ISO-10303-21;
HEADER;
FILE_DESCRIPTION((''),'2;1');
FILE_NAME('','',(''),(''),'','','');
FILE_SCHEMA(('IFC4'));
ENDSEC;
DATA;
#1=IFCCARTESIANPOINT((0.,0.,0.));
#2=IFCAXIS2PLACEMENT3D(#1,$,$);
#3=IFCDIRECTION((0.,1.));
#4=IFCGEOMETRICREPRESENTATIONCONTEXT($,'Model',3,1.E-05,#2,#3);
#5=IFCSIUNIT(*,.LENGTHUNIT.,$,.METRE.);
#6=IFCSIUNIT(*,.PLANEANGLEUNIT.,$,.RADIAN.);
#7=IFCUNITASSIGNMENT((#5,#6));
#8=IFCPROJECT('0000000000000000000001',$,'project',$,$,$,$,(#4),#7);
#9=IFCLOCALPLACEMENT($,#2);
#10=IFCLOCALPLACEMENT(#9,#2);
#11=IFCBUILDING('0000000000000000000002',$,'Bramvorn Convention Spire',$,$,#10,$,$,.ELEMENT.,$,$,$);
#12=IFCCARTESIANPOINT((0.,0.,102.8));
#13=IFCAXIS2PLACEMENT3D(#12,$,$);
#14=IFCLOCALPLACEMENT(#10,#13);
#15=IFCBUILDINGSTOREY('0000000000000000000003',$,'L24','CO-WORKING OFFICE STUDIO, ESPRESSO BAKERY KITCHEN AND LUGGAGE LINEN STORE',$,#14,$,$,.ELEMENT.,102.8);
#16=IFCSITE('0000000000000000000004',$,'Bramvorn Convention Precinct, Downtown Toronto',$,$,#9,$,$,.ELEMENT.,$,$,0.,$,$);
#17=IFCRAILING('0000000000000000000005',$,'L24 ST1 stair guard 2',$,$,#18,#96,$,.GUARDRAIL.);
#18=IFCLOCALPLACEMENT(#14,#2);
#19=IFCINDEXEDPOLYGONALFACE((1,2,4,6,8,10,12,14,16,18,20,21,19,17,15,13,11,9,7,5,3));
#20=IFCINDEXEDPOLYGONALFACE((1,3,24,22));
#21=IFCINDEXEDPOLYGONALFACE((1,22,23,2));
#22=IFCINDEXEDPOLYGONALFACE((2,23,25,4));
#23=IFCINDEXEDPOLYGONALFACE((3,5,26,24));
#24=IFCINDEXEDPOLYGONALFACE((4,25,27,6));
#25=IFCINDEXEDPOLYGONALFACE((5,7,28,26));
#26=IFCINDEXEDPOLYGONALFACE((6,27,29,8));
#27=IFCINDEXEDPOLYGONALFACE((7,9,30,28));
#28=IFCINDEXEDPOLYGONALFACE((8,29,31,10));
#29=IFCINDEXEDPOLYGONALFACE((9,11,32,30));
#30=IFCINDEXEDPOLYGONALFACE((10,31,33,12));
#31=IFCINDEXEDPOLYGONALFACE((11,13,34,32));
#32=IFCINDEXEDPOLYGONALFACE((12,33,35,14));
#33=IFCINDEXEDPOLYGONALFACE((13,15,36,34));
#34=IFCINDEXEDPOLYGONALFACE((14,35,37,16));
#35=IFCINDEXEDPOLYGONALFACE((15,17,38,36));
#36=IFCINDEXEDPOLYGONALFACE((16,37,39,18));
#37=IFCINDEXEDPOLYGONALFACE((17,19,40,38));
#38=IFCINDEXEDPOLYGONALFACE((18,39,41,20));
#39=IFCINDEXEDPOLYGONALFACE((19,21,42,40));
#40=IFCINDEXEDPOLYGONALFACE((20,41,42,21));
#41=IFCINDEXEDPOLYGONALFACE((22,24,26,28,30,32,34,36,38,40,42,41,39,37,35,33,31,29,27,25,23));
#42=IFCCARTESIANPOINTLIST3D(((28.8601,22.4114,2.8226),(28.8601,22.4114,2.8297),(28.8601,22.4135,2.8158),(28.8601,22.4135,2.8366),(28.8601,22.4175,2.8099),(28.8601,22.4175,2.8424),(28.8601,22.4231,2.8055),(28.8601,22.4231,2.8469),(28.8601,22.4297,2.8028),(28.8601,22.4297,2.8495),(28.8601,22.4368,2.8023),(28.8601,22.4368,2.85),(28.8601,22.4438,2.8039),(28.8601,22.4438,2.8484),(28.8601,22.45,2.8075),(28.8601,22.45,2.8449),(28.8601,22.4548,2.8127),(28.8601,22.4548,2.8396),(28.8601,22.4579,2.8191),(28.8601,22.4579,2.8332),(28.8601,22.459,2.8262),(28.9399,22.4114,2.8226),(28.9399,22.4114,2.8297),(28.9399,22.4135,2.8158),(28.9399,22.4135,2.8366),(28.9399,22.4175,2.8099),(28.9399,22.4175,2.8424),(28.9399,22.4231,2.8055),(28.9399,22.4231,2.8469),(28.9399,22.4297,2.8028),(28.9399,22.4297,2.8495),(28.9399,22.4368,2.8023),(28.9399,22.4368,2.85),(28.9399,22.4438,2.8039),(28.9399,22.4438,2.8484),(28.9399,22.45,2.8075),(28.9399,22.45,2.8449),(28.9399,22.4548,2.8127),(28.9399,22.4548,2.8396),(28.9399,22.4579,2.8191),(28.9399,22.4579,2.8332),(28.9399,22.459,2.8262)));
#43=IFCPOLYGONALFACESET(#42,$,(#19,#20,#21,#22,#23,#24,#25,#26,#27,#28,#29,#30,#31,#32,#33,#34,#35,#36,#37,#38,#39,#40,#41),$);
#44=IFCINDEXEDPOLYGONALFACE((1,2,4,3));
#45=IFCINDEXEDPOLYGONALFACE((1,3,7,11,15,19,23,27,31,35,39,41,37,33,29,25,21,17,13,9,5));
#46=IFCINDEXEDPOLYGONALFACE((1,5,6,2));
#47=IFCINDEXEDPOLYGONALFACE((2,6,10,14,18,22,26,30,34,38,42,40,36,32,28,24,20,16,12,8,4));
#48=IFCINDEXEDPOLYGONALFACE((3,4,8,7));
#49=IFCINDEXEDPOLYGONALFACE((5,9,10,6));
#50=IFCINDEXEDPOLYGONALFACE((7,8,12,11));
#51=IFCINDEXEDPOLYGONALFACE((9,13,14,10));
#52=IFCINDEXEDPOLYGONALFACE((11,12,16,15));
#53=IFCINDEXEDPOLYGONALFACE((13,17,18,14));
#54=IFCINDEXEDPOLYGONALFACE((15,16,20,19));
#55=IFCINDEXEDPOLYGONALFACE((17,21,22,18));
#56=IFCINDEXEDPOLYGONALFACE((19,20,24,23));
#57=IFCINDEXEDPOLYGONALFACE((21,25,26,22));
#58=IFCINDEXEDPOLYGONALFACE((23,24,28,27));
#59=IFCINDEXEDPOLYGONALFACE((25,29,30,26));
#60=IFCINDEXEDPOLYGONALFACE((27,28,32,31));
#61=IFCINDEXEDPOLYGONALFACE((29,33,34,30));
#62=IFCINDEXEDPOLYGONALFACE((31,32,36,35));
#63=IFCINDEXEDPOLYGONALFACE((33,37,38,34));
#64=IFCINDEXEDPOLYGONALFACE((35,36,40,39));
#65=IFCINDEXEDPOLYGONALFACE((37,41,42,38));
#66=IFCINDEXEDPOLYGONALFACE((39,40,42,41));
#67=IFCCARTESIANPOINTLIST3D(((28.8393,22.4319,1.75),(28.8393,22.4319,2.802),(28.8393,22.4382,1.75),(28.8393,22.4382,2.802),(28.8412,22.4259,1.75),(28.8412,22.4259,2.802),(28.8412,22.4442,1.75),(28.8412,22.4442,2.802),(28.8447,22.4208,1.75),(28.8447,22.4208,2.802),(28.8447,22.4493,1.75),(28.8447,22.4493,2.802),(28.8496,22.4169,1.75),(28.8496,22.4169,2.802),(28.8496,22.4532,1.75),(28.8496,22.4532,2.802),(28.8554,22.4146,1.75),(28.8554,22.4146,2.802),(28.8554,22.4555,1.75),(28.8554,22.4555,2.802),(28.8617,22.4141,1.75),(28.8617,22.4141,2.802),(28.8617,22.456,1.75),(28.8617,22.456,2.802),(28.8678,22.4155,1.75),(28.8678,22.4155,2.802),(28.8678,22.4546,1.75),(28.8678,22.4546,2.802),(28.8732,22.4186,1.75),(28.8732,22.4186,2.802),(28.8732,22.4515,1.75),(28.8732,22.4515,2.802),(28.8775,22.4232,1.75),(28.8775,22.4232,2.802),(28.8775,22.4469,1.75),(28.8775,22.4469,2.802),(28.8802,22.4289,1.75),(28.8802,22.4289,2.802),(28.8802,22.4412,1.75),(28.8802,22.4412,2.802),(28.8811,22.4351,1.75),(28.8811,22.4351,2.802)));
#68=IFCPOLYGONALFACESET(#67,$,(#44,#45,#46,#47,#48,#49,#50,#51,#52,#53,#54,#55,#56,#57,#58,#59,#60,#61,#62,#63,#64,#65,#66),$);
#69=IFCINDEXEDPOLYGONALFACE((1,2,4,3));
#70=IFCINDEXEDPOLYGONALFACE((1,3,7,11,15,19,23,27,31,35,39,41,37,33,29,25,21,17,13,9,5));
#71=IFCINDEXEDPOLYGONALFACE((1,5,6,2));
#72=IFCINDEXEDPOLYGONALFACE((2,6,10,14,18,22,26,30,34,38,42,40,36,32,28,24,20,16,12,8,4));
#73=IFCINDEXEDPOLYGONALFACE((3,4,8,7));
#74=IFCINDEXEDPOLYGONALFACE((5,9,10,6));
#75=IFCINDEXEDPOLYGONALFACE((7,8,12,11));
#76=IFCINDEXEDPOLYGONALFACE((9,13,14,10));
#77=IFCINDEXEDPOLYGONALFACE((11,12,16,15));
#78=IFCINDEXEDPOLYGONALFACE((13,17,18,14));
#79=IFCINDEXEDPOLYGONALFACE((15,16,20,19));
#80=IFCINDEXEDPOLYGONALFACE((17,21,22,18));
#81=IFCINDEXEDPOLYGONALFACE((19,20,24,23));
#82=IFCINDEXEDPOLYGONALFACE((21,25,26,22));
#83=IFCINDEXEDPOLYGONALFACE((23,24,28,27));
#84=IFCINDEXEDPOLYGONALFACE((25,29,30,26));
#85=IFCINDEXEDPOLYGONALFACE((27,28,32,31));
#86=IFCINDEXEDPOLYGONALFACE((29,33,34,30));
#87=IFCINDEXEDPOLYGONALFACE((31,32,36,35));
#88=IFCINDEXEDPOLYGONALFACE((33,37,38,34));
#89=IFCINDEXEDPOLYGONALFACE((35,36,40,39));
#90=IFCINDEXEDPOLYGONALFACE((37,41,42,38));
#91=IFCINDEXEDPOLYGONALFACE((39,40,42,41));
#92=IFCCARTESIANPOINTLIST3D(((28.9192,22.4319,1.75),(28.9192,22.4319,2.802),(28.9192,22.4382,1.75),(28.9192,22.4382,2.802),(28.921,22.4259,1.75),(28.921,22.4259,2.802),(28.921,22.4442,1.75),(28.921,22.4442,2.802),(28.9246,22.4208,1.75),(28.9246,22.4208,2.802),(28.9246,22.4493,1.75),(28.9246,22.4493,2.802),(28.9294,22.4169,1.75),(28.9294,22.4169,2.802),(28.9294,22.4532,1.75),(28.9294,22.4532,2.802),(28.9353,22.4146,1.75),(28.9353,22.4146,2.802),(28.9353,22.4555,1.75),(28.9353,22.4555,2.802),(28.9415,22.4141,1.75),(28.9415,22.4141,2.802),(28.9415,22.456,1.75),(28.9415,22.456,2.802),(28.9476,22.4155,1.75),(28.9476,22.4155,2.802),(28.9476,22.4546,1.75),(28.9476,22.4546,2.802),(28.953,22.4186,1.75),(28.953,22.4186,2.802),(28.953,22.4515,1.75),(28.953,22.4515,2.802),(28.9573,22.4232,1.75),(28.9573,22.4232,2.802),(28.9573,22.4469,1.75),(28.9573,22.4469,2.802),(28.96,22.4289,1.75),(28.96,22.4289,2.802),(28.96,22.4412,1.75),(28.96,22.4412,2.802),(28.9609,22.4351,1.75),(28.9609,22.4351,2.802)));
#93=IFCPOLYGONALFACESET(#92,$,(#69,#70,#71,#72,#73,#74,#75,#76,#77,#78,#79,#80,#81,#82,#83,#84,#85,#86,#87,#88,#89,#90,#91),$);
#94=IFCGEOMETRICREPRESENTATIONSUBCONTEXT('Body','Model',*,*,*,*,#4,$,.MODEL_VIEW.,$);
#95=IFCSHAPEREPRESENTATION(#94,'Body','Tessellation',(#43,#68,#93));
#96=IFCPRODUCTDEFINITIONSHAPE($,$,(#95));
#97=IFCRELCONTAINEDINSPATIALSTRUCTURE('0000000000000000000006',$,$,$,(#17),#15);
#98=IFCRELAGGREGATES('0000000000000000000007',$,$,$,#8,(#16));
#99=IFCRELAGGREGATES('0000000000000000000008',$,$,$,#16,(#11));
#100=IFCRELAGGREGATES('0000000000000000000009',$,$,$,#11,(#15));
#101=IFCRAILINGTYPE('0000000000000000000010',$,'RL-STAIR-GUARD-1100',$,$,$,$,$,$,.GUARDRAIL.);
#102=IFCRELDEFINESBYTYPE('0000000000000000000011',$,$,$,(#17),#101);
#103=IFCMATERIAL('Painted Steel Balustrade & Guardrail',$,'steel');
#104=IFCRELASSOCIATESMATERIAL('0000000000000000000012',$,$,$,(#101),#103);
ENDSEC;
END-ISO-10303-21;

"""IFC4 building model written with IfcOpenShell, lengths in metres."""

from ifc_helpers import new_model, si_unit, direction, frame, origin, origin_2d, place, context, subcontext, project, spatial, circle, extrude, material, type_object, element, save


model = new_model("IFC4")

# Units and contexts
model_context = context("Model", 3, precision=1e-05, world=origin(), true_north=direction((0.0, 1.0)))
body_context = subcontext(model_context, "Body", "Model", "MODEL_VIEW")
ifc_project = project(units=[si_unit("LENGTHUNIT", "METRE"), si_unit("PLANEANGLEUNIT", "RADIAN")], contexts=[model_context])

# Site, building, storey
site_placement = place(None, origin())
site = spatial("IfcSite", under=ifc_project, at=site_placement, Name="Bramvorn Convention Precinct, Downtown Toronto", CompositionType="ELEMENT", RefElevation=0.0)
building_placement = place(site_placement, origin())
building = spatial("IfcBuilding", under=site, at=building_placement, Name="Bramvorn Convention Spire", CompositionType="ELEMENT")
storey_placement = place(building_placement, frame((0.0, 0.0, 102.8)))
storey = spatial("IfcBuildingStorey", under=building, at=storey_placement, Name="L24", Description="CO-WORKING OFFICE STUDIO, ESPRESSO BAKERY KITCHEN AND LUGGAGE LINEN STORE", CompositionType="ELEMENT", Elevation=102.8)

# Railing
ifc_material_1 = material(Name="Painted Steel Balustrade & Guardrail", Category="steel")
railing_type_1 = type_object("IfcRailingType", Name="RL-STAIR-GUARD-1100", PredefinedType="GUARDRAIL", material=ifc_material_1)
railing_1_placement = place(storey_placement, frame((28.8601, 22.4351, 1.75)))
element("IfcRailing", 1, at=railing_1_placement, inside=storey, type_object=railing_type_1, Name="L24 ST1 stair guard 2", PredefinedType="GUARDRAIL", context=body_context, shape_type="SweptSolid", body=[
    extrude(circle(Radius=0.0239, at=origin_2d()), frame((0.0, 0.0, 1.0762), z_axis=(1.0, 0.0, 0.0), x_axis=(0.0, 1.0, 0.0)), (0.0, 0.0, 1.0), 0.0798),
    extrude(circle(Radius=0.021, at=origin_2d()), origin(), (0.0, 0.0, 1.0), 1.052),
    extrude(circle(Radius=0.021, at=origin_2d()), frame((0.0798, 0.0, 0.0)), (0.0, 0.0, 1.0), 1.052),
])

save(model, "model.ifc")
